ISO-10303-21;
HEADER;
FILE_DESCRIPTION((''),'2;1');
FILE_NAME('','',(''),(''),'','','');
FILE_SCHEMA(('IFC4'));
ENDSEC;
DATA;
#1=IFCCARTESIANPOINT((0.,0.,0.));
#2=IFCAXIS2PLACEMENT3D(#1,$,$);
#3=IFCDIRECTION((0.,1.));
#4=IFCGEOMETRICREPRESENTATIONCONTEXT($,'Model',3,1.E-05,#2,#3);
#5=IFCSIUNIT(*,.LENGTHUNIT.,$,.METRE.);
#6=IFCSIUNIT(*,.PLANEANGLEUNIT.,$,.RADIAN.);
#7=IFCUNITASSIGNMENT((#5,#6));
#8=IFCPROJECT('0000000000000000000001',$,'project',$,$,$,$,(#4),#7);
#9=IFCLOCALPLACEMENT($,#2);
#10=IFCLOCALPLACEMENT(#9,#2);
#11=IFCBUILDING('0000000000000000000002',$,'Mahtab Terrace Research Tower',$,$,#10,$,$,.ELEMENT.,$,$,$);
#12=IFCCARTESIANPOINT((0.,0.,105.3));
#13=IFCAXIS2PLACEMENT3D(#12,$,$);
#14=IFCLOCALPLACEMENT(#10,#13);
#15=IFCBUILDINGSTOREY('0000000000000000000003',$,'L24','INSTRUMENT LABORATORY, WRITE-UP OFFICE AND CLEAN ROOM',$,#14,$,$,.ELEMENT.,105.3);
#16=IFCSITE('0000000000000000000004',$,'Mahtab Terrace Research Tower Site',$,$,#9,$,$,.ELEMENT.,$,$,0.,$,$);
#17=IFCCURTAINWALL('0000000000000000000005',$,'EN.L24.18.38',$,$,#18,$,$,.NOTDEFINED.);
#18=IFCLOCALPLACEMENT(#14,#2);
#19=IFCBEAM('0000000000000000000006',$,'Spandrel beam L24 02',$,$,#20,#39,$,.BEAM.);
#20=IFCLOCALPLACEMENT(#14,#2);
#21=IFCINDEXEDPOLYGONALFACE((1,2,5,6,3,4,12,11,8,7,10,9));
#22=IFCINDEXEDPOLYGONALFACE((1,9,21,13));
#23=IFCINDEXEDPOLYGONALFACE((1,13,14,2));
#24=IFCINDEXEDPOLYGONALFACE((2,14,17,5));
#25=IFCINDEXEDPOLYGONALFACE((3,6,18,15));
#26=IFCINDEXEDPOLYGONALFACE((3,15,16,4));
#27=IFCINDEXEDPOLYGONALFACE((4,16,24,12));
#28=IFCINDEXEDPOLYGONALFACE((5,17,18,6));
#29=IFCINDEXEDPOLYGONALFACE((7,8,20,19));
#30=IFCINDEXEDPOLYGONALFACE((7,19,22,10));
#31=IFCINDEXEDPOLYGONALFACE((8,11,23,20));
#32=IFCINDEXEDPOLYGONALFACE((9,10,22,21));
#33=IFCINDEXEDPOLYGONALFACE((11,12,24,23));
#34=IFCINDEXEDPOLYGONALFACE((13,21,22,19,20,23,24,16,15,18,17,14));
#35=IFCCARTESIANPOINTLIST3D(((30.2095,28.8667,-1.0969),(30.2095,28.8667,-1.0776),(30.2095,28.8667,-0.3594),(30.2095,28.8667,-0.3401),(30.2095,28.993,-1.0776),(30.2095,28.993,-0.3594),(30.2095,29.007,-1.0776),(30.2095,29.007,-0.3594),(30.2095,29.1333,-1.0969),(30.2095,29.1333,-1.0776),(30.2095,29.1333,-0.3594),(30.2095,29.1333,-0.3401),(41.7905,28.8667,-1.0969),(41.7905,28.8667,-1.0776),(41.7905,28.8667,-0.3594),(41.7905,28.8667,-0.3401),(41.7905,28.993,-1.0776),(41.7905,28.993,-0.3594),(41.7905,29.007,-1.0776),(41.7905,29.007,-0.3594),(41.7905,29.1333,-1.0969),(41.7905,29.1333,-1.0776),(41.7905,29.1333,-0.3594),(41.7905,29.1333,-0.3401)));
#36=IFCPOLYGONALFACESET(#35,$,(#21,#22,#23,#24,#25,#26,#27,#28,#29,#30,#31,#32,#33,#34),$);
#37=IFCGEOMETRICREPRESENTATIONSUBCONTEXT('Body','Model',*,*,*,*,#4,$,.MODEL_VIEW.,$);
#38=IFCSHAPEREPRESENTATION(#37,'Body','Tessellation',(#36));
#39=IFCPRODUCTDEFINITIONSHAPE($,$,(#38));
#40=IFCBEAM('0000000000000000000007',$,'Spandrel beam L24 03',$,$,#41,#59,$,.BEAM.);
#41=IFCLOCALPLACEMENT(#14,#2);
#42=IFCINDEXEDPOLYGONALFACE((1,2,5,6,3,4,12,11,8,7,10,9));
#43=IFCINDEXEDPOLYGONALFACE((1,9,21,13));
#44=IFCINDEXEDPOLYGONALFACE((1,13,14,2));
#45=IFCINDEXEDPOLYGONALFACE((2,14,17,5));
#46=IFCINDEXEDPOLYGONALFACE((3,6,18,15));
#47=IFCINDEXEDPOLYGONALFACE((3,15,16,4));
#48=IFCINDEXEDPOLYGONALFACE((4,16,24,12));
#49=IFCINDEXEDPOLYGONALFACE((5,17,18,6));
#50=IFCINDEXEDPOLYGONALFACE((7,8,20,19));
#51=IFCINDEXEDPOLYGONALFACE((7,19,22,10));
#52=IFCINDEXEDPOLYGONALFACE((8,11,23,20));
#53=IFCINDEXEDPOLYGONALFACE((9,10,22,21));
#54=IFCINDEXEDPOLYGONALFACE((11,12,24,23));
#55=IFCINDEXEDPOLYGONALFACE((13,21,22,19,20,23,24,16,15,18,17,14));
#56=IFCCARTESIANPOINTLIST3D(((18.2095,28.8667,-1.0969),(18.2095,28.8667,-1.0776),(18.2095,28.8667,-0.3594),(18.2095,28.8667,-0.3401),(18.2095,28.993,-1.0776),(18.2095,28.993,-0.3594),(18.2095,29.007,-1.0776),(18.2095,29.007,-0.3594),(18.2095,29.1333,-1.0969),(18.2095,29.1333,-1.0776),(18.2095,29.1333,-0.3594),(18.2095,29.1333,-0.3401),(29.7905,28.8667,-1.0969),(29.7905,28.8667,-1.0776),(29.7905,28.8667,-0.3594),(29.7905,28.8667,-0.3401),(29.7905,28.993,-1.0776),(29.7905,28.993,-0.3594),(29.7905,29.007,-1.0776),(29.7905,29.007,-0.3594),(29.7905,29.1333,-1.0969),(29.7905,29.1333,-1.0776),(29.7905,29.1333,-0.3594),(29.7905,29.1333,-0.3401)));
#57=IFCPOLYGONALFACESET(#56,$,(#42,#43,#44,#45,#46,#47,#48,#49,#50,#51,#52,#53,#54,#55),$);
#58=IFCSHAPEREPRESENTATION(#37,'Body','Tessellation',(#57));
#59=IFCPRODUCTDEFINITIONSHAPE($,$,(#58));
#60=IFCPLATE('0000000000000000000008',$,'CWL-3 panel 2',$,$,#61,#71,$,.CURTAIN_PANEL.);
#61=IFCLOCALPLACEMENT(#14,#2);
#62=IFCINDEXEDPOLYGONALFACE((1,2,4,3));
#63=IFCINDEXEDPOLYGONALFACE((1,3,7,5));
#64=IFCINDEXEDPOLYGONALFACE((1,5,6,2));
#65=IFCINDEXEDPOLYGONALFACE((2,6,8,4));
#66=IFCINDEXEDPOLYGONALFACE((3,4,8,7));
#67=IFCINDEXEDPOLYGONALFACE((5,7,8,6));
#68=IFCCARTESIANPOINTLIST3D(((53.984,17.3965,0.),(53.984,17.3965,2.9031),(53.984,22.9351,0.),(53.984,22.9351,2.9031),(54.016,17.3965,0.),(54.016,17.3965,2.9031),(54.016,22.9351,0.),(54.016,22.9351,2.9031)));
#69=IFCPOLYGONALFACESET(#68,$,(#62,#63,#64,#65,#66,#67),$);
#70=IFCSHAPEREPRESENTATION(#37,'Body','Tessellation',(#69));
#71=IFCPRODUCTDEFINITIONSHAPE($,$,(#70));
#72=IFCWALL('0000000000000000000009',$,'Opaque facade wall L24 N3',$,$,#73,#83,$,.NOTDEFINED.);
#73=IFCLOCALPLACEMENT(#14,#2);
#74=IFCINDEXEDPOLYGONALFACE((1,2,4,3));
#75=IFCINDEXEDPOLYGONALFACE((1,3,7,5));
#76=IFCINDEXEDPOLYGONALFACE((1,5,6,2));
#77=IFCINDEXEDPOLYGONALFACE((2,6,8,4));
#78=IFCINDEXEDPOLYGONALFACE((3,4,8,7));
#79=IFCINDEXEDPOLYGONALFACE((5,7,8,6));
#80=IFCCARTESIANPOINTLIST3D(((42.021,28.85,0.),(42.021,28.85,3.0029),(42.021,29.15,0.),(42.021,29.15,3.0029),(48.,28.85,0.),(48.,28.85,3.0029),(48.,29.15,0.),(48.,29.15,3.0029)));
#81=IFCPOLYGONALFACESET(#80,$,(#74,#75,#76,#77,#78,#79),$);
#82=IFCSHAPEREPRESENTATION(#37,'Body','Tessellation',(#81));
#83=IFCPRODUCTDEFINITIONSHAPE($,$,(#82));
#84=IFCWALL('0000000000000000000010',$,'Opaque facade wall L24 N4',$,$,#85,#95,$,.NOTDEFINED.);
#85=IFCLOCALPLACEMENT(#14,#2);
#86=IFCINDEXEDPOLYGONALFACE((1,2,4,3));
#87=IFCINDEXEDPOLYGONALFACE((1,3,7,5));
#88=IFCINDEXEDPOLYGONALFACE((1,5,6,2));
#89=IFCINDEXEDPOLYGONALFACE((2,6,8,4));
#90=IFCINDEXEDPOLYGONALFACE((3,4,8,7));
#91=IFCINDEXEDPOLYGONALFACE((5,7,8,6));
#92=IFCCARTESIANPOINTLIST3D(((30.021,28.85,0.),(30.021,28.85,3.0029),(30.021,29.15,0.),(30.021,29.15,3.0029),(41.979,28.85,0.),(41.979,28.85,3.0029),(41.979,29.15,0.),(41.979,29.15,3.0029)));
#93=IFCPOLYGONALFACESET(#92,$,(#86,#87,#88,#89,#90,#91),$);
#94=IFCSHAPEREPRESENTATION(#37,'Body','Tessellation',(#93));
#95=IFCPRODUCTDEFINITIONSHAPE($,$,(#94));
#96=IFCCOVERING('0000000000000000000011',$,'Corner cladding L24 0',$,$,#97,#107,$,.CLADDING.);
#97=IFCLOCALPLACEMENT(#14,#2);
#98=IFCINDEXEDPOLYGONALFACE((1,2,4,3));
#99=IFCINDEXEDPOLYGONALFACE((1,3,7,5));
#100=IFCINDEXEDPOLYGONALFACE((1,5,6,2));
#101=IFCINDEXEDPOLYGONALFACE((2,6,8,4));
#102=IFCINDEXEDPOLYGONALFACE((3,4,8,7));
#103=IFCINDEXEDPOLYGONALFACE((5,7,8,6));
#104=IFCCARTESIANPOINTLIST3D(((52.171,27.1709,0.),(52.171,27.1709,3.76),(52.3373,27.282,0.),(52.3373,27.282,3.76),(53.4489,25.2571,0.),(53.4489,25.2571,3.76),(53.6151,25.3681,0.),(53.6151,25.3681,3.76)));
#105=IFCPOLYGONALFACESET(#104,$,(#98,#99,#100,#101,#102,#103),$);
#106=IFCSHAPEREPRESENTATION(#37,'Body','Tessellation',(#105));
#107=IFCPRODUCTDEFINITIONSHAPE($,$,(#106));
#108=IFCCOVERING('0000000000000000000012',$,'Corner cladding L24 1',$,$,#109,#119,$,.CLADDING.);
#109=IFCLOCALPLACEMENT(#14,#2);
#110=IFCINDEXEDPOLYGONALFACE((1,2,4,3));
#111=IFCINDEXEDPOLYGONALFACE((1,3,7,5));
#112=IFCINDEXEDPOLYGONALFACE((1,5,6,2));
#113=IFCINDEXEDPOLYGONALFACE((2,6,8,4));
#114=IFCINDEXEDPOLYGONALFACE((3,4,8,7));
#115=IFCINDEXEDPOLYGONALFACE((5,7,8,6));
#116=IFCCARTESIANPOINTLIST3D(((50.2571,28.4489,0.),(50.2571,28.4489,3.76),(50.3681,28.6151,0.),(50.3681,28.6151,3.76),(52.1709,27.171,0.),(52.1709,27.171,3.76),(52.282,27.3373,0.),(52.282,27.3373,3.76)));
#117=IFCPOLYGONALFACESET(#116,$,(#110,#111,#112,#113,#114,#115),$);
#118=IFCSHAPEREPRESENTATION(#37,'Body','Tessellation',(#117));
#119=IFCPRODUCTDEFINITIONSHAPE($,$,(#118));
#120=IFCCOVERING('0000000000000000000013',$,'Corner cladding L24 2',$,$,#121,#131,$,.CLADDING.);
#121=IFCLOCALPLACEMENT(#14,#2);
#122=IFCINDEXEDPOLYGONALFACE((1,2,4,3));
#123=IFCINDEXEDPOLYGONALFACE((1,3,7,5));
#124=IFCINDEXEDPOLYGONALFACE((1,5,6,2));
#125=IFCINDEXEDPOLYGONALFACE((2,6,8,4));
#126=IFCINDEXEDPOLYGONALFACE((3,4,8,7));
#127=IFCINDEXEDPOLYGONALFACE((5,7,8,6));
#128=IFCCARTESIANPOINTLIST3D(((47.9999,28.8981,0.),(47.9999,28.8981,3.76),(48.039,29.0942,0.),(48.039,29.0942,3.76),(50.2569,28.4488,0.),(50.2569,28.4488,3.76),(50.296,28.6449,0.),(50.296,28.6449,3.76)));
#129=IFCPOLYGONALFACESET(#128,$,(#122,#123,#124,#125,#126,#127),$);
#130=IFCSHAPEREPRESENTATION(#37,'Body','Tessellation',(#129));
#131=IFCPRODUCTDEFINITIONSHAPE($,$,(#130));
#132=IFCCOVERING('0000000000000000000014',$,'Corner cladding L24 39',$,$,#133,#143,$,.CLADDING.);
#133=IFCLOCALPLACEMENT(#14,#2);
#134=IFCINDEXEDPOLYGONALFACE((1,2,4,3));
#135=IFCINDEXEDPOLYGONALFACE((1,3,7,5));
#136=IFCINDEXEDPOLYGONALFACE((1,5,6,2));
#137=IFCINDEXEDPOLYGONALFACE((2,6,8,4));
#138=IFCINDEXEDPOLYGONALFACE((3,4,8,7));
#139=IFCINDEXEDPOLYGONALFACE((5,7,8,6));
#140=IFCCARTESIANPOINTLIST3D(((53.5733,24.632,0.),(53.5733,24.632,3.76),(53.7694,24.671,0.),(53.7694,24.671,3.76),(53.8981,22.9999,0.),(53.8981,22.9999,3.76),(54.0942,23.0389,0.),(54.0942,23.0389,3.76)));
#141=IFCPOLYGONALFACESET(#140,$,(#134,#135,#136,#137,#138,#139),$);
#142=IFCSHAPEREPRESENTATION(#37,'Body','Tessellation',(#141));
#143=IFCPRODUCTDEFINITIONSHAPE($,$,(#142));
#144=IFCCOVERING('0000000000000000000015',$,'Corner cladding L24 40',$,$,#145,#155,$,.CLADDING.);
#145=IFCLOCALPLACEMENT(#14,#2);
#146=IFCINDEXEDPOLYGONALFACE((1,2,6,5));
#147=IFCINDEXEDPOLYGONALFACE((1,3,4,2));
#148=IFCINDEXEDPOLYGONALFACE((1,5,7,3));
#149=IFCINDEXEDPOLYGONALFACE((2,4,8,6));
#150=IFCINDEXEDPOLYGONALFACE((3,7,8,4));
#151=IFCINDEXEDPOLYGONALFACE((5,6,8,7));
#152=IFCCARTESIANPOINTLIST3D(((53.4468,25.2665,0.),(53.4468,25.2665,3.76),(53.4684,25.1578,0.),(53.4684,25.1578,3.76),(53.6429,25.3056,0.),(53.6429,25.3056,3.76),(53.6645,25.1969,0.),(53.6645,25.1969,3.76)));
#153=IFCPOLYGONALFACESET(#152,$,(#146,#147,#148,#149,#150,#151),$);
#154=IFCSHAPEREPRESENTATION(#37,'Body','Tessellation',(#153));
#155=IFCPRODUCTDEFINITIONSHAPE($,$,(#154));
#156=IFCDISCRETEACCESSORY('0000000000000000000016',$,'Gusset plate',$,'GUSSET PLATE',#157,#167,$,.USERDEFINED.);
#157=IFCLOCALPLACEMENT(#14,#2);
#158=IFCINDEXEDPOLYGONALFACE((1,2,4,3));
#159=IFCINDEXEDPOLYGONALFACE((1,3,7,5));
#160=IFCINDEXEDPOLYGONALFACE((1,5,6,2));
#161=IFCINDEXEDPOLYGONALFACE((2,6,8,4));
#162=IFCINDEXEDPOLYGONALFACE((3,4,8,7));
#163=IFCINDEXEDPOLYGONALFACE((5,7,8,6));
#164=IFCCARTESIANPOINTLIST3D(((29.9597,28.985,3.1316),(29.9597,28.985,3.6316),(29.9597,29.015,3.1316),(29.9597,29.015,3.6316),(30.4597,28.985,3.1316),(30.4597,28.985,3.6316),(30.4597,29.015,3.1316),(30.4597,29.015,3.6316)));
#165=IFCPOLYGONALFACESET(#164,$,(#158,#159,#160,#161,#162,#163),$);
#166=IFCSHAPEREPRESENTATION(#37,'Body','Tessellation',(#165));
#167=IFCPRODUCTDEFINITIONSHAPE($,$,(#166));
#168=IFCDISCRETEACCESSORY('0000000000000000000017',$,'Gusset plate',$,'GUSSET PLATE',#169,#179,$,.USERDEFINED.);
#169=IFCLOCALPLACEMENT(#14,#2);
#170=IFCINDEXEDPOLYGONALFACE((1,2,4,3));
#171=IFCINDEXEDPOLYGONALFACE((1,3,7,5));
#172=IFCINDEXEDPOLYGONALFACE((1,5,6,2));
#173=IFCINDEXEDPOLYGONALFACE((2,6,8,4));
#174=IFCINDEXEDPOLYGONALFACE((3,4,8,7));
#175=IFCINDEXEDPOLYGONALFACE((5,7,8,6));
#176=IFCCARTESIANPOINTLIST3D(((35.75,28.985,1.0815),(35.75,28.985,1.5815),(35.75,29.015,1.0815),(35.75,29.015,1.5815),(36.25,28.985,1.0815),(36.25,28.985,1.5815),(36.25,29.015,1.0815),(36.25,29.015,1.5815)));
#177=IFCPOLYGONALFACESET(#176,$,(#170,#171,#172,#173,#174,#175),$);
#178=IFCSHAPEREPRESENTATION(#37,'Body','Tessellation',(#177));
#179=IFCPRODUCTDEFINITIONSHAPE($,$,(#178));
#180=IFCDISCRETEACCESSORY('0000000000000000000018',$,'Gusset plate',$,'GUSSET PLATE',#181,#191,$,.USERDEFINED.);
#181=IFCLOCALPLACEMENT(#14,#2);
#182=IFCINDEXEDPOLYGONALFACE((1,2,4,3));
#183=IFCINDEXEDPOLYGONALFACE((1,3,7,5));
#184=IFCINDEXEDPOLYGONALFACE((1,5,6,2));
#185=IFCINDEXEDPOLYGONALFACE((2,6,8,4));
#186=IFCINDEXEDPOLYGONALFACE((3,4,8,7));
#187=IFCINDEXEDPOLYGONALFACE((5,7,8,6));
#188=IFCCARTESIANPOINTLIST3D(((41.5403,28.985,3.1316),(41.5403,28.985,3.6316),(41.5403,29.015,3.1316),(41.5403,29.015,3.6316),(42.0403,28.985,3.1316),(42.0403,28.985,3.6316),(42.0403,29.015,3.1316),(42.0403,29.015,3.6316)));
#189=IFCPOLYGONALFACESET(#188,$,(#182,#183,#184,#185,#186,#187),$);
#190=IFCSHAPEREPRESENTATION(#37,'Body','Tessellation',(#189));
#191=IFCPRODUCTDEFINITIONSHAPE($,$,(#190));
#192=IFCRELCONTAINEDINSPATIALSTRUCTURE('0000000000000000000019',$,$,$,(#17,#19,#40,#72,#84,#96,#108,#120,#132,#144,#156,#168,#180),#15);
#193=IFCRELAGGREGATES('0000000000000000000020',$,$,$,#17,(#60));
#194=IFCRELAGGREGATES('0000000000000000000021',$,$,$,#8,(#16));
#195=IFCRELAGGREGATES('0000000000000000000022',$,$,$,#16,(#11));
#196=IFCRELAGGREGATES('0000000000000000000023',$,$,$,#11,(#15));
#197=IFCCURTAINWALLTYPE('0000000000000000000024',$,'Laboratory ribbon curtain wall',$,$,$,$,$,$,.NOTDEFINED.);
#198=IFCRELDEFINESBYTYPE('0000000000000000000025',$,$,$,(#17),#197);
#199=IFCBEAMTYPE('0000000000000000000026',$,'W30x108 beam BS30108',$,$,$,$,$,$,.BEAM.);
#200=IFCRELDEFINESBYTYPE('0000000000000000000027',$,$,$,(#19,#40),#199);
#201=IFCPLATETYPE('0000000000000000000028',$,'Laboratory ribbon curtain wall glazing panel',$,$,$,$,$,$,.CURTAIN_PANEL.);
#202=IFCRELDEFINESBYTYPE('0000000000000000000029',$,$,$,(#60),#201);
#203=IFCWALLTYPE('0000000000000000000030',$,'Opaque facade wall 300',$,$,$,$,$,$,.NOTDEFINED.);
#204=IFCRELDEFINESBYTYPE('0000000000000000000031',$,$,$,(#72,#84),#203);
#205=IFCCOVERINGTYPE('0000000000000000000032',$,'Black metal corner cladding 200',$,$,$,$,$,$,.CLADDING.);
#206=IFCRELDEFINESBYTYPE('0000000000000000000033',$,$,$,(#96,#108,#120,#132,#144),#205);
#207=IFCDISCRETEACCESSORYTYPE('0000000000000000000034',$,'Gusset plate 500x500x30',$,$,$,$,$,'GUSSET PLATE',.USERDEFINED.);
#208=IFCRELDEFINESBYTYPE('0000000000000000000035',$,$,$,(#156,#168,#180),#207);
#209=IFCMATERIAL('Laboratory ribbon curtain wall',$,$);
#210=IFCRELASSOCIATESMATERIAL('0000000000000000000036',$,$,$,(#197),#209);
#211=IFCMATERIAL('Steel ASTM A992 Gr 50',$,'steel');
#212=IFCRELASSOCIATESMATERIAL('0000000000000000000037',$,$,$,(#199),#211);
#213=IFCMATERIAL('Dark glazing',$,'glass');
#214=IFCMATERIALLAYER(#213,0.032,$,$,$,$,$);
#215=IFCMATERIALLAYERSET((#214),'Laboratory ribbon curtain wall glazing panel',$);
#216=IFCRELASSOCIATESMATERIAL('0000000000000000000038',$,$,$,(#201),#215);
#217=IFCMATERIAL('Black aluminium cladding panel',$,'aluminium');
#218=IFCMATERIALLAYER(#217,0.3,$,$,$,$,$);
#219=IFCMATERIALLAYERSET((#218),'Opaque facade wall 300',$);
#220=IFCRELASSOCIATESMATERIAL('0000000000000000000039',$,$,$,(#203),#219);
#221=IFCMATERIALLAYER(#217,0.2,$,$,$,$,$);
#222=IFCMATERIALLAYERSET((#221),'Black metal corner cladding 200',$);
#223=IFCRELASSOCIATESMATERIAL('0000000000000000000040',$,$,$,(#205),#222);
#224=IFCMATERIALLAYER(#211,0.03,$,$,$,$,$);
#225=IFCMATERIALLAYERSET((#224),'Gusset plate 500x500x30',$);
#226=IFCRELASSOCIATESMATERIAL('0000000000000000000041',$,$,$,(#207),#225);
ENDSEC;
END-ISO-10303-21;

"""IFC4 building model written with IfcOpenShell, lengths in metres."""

from ifc_helpers import new_model, si_unit, direction, frame, frame_2d, origin, origin_2d, place, context, subcontext, project, spatial, rectangle, i_section, extrude, material, layer, layer_set, material_profile, profile_set, type_object, element, aggregate, save


model = new_model("IFC4")

# Units and contexts
model_context = context("Model", 3, precision=1e-05, world=origin(), true_north=direction((0.0, 1.0)))
body_context = subcontext(model_context, "Body", "Model", "MODEL_VIEW")
ifc_project = project(units=[si_unit("LENGTHUNIT", "METRE"), si_unit("PLANEANGLEUNIT", "RADIAN")], contexts=[model_context])

# Site, building, storey
site_placement = place(None, origin())
site = spatial("IfcSite", under=ifc_project, at=site_placement, Name="Mahtab Terrace Research Tower Site", CompositionType="ELEMENT", RefElevation=0.0)
building_placement = place(site_placement, origin())
building = spatial("IfcBuilding", under=site, at=building_placement, Name="Mahtab Terrace Research Tower", CompositionType="ELEMENT")
storey_placement = place(building_placement, frame((0.0, 0.0, 105.3)))
storey = spatial("IfcBuildingStorey", under=building, at=storey_placement, Name="L24", Description="INSTRUMENT LABORATORY, WRITE-UP OFFICE AND CLEAN ROOM", CompositionType="ELEMENT", Elevation=105.3)

# Shared definitions
ifc_material_1 = material(Name="Steel ASTM A992 Gr 50", Category="steel")

# Curtain wall
ifc_material_2 = material(Name="Laboratory ribbon curtain wall")
curtain_wall_type = type_object("IfcCurtainWallType", Name="Laboratory ribbon curtain wall", PredefinedType="NOTDEFINED", material=ifc_material_2)
curtain_wall_1_placement = place(storey_placement, origin())
curtain_wall_1 = element("IfcCurtainWall", 1, at=curtain_wall_1_placement, inside=storey, type_object=curtain_wall_type, Name="EN.L24.18.38", PredefinedType="NOTDEFINED")

# Beams
ifc_material_profile_1 = material_profile(ifc_material_1, i_section(OverallWidth=0.2666, OverallDepth=0.7568, WebThickness=0.0139, FlangeThickness=0.0193, at=origin_2d()), Name="W30X108")
ifc_profile_set_1 = profile_set([ifc_material_profile_1], Name="Steel ASTM A992 Gr 50")
beam_type = type_object("IfcBeamType", Name="W30x108 beam BS30108", PredefinedType="BEAM", material=ifc_profile_set_1)
for number, where, z_axis, x_axis, name in (
    (2, (41.7905, 29.0, -0.7185), (-1.0, 0.0, 0.0), (0.0, -1.0, 0.0), "Spandrel beam L24 02"),
    (3, (29.7905, 29.0, -0.7185), (-1.0, 0.0, 0.0), (0.0, -1.0, 0.0), "Spandrel beam L24 03"),
):
    element("IfcBeam", number, at=place(storey_placement, frame(where, z_axis=z_axis, x_axis=x_axis)), inside=storey, type_object=beam_type, Name=name, PredefinedType="BEAM", context=body_context, shape_type="SweptSolid", body=[
        extrude(i_section(OverallWidth=0.2666, OverallDepth=0.7568, WebThickness=0.0139, FlangeThickness=0.0193, at=origin_2d()), origin(), (0.0, 0.0, 1.0), 11.5811),
    ])

# Plate
ifc_material_3 = material(Name="Dark glazing", Category="glass")
ifc_layer_1 = layer(ifc_material_3, 0.032)
ifc_layer_set_1 = layer_set([ifc_layer_1], Name="Laboratory ribbon curtain wall glazing panel")
plate_type = type_object("IfcPlateType", Name="Laboratory ribbon curtain wall glazing panel", PredefinedType="CURTAIN_PANEL", material=ifc_layer_set_1)
plate_placement = place(storey_placement, frame((54.0, 20.1658, 0.0), z_axis=(0.0, 0.0, 1.0), x_axis=(0.0, 1.0, 0.0)))
plate = element("IfcPlate", 4, at=plate_placement, type_object=plate_type, Name="CWL-3 panel 2", PredefinedType="CURTAIN_PANEL", context=body_context, shape_type="SweptSolid", body=[
    extrude(rectangle(XDim=5.5386, YDim=0.032, at=origin_2d()), origin(), (0.0, 0.0, 1.0), 2.9031),
])
aggregate(curtain_wall_1, [plate])

# Walls
ifc_material_4 = material(Name="Black aluminium cladding panel", Category="aluminium")
ifc_layer_2 = layer(ifc_material_4, 0.3)
ifc_layer_set_2 = layer_set([ifc_layer_2], Name="Opaque facade wall 300")
wall_type = type_object("IfcWallType", Name="Opaque facade wall 300", PredefinedType="NOTDEFINED", material=ifc_layer_set_2)
wall_1_placement = place(storey_placement, frame((48.0, 29.0, 0.0), z_axis=(0.0, 0.0, 1.0), x_axis=(-1.0, 0.0, 0.0)))
element("IfcWall", 5, at=wall_1_placement, inside=storey, type_object=wall_type, Name="Opaque facade wall L24 N3", PredefinedType="NOTDEFINED", context=body_context, shape_type="SweptSolid", body=[
    extrude(rectangle(XDim=5.979, YDim=0.3, at=frame_2d((2.9895, 0.0))), origin(), (0.0, 0.0, 1.0), 3.0029),
])
wall_2_placement = place(storey_placement, frame((41.979, 29.0, 0.0), z_axis=(0.0, 0.0, 1.0), x_axis=(-1.0, 0.0, 0.0)))
element("IfcWall", 6, at=wall_2_placement, inside=storey, type_object=wall_type, Name="Opaque facade wall L24 N4", PredefinedType="NOTDEFINED", context=body_context, shape_type="SweptSolid", body=[
    extrude(rectangle(XDim=11.958, YDim=0.3, at=frame_2d((5.979, 0.0))), origin(), (0.0, 0.0, 1.0), 3.0029),
])

# Coverings
ifc_layer_3 = layer(ifc_material_4, 0.2)
ifc_layer_set_3 = layer_set([ifc_layer_3], Name="Black metal corner cladding 200")
covering_type = type_object("IfcCoveringType", Name="Black metal corner cladding 200", PredefinedType="CLADDING", material=ifc_layer_set_3)
for number, where, z_axis, x_axis, name in (
    (7, (52.8931, 26.2695, 0.0), (0.0, 0.0, 1.0), (-0.555291, 0.831656, 0.0), "Corner cladding L24 0"),
    (8, (51.2695, 27.8931, 0.0), (0.0, 0.0, 1.0), (-0.831656, 0.555291, 0.0), "Corner cladding L24 1"),
    (9, (49.1479, 28.7715, 0.0), (0.0, 0.0, 1.0), (-0.980761, 0.195212, 0.0), "Corner cladding L24 2"),
):
    element("IfcCovering", number, at=place(storey_placement, frame(where, z_axis=z_axis, x_axis=x_axis)), inside=storey, type_object=covering_type, Name=name, PredefinedType="CLADDING", context=body_context, shape_type="SweptSolid", body=[
        extrude(rectangle(XDim=2.3013, YDim=0.2, at=origin_2d()), origin(), (0.0, 0.0, 1.0), 3.76),
    ])
covering_1_placement = place(storey_placement, frame((53.8337, 23.8354, 0.0), z_axis=(0.0, 0.0, 1.0), x_axis=(-0.195212, 0.980761, 0.0)))
element("IfcCovering", 10, at=covering_1_placement, inside=storey, type_object=covering_type, Name="Corner cladding L24 39", PredefinedType="CLADDING", context=body_context, shape_type="SweptSolid", body=[
    extrude(rectangle(XDim=1.6641, YDim=0.2, at=origin_2d()), origin(), (0.0, 0.0, 1.0), 3.76),
])
covering_2_placement = place(storey_placement, frame((53.5557, 25.2317, 0.0), z_axis=(0.0, 0.0, 1.0), x_axis=(-0.195212, 0.980761, 0.0)))
element("IfcCovering", 11, at=covering_2_placement, inside=storey, type_object=covering_type, Name="Corner cladding L24 40", PredefinedType="CLADDING", context=body_context, shape_type="SweptSolid", body=[
    extrude(rectangle(XDim=0.1108, YDim=0.2, at=origin_2d()), origin(), (0.0, 0.0, 1.0), 3.76),
])

# Discrete accessories
ifc_layer_4 = layer(ifc_material_1, 0.03)
ifc_layer_set_4 = layer_set([ifc_layer_4], Name="Gusset plate 500x500x30")
discrete_accessory_type = type_object("IfcDiscreteAccessoryType", Name="Gusset plate 500x500x30", ElementType="GUSSET PLATE", PredefinedType="USERDEFINED", material=ifc_layer_set_4)
for number, where, z_axis, x_axis, name in (
    (12, (30.2097, 29.0, 3.1316), (0.0, 0.0, 1.0), (1.0, 0.0, 0.0), "Gusset plate"),
    (13, (36.0, 29.0, 1.0815), (0.0, 0.0, 1.0), (1.0, 0.0, 0.0), "Gusset plate"),
    (14, (41.7903, 29.0, 3.1316), (0.0, 0.0, 1.0), (1.0, 0.0, 0.0), "Gusset plate"),
):
    element("IfcDiscreteAccessory", number, at=place(storey_placement, frame(where, z_axis=z_axis, x_axis=x_axis)), inside=storey, type_object=discrete_accessory_type, Name=name, ObjectType="GUSSET PLATE", PredefinedType="USERDEFINED", context=body_context, shape_type="SweptSolid", body=[
        extrude(rectangle(XDim=0.5, YDim=0.03, at=origin_2d()), origin(), (0.0, 0.0, 1.0), 0.5),
    ])

save(model, "model.ifc")
